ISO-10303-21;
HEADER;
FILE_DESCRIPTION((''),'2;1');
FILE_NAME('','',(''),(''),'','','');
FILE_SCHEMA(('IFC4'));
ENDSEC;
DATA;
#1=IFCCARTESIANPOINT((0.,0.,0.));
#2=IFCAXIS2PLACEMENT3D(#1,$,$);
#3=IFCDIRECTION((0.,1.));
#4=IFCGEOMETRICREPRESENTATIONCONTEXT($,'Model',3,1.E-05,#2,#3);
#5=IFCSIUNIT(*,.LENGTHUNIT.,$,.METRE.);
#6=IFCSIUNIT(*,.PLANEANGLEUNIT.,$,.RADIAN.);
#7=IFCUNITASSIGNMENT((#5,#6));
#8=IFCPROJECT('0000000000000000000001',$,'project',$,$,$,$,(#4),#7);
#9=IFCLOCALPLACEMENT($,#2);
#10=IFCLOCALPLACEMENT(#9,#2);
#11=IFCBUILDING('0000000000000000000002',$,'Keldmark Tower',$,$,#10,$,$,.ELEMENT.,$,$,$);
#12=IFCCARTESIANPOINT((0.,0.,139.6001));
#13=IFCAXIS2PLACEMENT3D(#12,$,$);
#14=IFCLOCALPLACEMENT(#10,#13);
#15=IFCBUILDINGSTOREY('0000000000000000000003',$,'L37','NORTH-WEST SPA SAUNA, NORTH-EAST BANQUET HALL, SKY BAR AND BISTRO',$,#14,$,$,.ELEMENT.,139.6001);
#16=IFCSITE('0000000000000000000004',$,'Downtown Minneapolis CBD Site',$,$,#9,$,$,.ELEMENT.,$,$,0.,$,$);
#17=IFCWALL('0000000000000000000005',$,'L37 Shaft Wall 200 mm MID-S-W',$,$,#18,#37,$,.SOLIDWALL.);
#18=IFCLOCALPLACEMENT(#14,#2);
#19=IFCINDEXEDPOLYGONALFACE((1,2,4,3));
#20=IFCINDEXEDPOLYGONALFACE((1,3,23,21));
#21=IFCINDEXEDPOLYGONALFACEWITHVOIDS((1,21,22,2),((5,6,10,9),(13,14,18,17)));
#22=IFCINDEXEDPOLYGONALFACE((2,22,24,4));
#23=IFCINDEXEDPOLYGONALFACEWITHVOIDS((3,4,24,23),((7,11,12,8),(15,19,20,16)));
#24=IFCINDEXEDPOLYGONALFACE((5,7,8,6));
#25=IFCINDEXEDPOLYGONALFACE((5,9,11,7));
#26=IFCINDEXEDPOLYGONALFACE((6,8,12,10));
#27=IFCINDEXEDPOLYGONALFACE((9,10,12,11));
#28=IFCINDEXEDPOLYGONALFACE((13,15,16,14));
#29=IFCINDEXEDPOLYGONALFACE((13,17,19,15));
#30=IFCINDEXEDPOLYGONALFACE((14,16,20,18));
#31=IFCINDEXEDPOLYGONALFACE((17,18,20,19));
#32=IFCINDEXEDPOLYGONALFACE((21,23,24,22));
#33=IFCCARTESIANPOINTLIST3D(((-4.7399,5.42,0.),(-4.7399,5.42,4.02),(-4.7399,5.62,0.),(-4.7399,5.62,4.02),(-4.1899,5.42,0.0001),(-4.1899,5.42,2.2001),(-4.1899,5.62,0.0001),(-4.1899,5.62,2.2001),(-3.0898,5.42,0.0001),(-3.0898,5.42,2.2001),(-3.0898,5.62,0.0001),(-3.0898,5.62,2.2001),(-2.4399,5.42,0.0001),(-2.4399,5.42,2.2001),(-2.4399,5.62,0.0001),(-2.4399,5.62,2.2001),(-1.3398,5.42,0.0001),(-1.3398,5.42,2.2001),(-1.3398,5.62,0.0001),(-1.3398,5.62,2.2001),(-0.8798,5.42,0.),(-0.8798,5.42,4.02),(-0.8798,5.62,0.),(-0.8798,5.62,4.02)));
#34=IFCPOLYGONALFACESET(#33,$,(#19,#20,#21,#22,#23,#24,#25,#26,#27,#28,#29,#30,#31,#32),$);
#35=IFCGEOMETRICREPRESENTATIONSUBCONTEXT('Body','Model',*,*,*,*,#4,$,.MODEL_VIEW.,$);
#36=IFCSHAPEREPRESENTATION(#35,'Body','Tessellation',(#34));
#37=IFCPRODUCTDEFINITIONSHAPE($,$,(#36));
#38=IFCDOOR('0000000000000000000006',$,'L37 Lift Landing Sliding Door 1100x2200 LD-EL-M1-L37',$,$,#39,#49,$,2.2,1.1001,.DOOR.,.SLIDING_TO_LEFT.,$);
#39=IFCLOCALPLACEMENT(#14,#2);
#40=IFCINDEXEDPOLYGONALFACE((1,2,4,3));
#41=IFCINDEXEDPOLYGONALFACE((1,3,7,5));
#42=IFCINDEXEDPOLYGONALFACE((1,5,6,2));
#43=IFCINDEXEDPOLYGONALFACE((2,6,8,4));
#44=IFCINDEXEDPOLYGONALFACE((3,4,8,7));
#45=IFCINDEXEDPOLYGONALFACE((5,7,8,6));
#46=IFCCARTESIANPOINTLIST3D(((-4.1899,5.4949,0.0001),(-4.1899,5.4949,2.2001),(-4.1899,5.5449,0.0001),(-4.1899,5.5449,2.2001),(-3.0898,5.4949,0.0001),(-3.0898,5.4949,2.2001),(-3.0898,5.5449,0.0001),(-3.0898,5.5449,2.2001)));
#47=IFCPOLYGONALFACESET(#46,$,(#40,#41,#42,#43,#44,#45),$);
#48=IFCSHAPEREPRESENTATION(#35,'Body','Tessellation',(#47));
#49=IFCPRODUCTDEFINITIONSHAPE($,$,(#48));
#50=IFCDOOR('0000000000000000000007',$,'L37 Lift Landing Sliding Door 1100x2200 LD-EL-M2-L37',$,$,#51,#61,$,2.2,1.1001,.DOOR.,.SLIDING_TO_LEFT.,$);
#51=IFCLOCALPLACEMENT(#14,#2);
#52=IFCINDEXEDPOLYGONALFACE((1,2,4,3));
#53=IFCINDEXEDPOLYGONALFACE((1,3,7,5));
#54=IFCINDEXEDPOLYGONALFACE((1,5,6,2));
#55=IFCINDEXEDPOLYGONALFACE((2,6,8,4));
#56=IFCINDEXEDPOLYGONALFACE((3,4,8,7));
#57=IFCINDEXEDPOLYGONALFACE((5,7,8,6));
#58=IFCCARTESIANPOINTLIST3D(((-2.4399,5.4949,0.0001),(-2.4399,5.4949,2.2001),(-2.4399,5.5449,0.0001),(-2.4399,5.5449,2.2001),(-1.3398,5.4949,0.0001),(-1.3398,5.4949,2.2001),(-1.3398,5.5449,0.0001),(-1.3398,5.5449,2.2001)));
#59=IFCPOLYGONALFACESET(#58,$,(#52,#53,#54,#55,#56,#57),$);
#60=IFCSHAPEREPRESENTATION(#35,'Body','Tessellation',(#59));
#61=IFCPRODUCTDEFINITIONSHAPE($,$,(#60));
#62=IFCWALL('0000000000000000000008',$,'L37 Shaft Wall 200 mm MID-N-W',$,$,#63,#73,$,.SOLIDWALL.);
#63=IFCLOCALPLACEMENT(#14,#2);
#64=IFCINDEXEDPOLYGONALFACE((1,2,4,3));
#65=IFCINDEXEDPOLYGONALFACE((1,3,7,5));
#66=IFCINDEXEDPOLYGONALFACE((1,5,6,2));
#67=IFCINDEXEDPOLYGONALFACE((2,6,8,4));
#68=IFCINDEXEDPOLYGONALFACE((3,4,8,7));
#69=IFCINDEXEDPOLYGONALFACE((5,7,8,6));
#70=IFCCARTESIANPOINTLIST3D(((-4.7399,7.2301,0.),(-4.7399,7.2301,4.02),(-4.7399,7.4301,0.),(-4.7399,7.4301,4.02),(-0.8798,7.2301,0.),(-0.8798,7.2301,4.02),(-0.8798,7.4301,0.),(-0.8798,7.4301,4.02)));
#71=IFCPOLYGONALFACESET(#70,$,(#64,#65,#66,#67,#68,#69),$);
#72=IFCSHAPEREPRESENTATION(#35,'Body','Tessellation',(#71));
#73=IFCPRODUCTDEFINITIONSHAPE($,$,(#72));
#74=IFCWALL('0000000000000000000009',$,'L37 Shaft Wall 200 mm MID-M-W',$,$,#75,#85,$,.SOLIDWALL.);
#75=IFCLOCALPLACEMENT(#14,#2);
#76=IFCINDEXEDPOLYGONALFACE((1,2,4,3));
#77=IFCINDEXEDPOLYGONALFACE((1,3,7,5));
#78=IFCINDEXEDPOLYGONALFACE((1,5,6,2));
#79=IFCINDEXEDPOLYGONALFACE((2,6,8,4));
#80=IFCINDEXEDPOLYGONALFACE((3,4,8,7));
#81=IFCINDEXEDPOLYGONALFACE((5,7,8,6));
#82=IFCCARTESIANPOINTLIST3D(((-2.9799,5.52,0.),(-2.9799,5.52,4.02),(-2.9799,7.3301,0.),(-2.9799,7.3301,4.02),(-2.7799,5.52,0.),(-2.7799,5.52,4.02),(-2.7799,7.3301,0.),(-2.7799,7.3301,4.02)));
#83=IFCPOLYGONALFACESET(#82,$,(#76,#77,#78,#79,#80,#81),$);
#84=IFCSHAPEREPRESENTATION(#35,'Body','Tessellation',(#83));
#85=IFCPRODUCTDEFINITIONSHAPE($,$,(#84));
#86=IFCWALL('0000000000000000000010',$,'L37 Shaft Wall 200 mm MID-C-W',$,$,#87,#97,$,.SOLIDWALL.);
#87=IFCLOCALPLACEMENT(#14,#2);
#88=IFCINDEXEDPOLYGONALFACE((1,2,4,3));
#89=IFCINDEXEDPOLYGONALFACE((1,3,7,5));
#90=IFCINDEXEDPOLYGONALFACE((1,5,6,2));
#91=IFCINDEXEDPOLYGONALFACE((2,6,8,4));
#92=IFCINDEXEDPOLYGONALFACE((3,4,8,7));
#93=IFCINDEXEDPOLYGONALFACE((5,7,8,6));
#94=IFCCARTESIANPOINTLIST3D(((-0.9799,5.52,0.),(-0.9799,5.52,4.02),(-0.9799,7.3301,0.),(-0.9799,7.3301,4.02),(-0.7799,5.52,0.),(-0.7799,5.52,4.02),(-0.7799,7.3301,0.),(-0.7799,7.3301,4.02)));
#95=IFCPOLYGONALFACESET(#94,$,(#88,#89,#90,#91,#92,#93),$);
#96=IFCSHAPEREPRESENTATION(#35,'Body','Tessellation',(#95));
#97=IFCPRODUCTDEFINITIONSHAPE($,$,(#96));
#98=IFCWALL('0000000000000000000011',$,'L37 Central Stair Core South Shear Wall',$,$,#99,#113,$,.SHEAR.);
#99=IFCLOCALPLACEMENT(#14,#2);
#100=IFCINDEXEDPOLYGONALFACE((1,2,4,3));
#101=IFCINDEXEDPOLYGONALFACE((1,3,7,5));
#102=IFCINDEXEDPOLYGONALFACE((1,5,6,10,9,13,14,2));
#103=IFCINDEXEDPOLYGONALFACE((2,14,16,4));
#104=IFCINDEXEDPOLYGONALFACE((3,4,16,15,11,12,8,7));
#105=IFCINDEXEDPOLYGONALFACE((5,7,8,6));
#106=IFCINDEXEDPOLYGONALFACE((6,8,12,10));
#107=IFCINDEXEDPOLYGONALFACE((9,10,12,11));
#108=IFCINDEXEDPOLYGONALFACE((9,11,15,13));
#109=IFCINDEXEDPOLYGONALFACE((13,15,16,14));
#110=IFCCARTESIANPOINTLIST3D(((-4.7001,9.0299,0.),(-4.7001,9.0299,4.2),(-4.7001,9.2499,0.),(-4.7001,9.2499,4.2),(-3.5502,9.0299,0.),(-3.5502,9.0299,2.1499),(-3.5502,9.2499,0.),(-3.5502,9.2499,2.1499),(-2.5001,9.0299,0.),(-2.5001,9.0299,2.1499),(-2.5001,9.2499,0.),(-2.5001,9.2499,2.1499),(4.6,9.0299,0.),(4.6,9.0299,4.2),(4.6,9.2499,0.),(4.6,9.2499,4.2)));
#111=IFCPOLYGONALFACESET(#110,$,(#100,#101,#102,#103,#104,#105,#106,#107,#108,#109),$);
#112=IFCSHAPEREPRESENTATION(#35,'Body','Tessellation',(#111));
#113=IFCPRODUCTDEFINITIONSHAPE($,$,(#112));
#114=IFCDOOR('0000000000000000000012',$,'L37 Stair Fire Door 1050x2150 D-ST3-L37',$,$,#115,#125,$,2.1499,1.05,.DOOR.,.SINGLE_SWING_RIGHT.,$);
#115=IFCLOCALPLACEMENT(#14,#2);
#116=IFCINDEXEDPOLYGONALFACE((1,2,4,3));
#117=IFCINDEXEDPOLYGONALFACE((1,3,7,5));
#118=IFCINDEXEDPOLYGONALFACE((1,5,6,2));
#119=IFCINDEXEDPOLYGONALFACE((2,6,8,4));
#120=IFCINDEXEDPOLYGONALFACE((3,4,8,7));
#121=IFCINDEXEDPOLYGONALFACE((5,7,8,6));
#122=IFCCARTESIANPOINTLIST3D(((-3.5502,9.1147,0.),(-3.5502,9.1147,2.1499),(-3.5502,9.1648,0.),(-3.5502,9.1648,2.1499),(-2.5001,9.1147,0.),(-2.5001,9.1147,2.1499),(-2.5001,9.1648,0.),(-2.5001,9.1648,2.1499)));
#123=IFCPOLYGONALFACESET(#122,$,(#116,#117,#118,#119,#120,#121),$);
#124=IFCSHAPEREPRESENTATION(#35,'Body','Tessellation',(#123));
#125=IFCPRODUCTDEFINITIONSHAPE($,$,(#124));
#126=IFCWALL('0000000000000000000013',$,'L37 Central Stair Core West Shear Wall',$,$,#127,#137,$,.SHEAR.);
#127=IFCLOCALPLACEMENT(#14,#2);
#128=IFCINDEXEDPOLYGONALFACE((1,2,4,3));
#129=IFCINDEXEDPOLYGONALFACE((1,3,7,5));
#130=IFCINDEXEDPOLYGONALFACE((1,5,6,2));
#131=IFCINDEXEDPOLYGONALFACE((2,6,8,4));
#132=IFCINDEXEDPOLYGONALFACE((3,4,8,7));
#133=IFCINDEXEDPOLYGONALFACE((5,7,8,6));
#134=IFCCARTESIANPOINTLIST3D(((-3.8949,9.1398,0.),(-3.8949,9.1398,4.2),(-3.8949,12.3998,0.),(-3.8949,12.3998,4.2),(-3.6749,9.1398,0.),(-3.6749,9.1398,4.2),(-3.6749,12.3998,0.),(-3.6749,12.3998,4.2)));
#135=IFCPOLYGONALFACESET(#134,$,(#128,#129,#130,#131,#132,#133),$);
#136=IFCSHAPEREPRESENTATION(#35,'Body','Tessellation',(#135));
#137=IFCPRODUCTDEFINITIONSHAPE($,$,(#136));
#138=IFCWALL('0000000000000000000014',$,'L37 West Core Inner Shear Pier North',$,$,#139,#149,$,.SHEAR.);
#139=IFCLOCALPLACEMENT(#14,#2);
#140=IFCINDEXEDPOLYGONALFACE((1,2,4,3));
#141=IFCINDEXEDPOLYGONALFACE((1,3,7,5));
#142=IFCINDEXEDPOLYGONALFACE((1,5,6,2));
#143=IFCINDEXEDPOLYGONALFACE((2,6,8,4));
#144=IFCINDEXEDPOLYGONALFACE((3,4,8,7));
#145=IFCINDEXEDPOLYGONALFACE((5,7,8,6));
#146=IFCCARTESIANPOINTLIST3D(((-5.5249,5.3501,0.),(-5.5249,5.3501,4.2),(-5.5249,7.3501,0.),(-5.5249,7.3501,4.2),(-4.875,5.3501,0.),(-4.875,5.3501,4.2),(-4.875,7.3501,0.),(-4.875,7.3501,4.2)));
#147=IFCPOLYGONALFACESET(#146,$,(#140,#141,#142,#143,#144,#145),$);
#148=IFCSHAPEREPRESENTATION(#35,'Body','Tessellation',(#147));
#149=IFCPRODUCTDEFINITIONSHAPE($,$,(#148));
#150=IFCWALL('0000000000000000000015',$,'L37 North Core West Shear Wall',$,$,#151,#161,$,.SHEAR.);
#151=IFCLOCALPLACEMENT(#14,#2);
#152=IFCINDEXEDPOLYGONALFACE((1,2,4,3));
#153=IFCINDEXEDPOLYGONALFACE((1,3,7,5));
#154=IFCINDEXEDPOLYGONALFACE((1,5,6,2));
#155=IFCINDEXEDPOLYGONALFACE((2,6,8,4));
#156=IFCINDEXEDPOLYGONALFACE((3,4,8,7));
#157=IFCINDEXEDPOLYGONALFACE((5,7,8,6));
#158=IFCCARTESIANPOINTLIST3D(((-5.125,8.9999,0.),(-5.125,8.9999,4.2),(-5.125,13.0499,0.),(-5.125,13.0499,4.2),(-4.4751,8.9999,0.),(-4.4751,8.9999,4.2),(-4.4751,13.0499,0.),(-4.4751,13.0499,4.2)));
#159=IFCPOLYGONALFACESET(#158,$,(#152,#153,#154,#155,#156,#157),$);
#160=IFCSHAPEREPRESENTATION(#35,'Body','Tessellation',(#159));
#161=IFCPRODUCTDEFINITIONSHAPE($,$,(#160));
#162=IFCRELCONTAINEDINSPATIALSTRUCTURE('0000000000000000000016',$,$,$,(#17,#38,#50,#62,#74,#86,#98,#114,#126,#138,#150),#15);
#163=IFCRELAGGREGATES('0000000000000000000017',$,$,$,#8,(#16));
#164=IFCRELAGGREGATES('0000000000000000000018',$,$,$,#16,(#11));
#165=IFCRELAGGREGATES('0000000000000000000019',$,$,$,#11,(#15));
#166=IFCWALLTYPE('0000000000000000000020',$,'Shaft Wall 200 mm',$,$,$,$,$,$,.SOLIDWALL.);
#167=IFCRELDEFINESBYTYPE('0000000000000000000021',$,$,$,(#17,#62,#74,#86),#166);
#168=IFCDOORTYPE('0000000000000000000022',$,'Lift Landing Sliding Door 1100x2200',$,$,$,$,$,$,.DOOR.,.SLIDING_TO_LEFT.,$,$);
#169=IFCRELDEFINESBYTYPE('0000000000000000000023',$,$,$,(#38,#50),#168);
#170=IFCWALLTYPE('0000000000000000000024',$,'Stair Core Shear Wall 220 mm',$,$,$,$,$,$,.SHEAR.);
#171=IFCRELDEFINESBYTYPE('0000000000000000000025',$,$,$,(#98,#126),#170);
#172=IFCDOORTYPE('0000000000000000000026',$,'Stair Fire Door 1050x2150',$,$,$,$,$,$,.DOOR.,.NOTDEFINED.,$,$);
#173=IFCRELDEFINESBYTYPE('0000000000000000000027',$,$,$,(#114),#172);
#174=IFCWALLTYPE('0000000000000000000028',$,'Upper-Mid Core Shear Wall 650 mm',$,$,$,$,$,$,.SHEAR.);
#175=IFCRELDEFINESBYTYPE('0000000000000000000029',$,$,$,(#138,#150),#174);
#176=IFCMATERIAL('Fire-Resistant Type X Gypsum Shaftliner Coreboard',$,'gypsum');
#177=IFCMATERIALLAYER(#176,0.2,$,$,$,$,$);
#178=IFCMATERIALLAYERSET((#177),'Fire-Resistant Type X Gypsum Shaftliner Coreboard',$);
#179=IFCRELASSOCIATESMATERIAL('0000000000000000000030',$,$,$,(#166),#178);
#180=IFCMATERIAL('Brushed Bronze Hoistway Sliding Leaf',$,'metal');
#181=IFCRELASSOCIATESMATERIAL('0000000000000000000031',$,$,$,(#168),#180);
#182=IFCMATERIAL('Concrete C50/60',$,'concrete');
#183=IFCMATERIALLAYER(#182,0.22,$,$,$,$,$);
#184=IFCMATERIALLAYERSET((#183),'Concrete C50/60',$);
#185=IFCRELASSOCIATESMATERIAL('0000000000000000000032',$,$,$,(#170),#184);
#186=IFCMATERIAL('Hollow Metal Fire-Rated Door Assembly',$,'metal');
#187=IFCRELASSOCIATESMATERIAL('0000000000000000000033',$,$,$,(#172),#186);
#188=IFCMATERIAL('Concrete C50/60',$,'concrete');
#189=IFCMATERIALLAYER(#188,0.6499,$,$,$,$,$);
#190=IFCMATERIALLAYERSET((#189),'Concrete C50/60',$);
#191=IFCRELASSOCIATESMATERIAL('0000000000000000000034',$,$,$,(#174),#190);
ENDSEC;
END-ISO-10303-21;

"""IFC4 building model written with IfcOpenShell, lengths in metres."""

from ifc_helpers import new_model, si_unit, direction, frame, frame_2d, origin, place, context, subcontext, project, spatial, rectangle, extrude, material, layer, layer_set, type_object, element, fill, save


model = new_model("IFC4")

# Units and contexts
model_context = context("Model", 3, precision=1e-05, world=origin(), true_north=direction((0.0, 1.0)))
body_context = subcontext(model_context, "Body", "Model", "MODEL_VIEW")
ifc_project = project(units=[si_unit("LENGTHUNIT", "METRE"), si_unit("PLANEANGLEUNIT", "RADIAN")], contexts=[model_context])

# Site, building, storey
site_placement = place(None, origin())
site = spatial("IfcSite", under=ifc_project, at=site_placement, Name="Downtown Minneapolis CBD Site", CompositionType="ELEMENT", RefElevation=0.0)
building_placement = place(site_placement, origin())
building = spatial("IfcBuilding", under=site, at=building_placement, Name="Keldmark Tower", CompositionType="ELEMENT")
storey_placement = place(building_placement, frame((0.0, 0.0, 139.6001)))
storey = spatial("IfcBuildingStorey", under=building, at=storey_placement, Name="L37", Description="NORTH-WEST SPA SAUNA, NORTH-EAST BANQUET HALL, SKY BAR AND BISTRO", CompositionType="ELEMENT", Elevation=139.6001)

# Wall, openings, doors
ifc_material_1 = material(Name="Fire-Resistant Type X Gypsum Shaftliner Coreboard", Category="gypsum")
ifc_layer_1 = layer(ifc_material_1, 0.2)
ifc_layer_set_1 = layer_set([ifc_layer_1], Name="Fire-Resistant Type X Gypsum Shaftliner Coreboard")
wall_type_1 = type_object("IfcWallType", Name="Shaft Wall 200 mm", PredefinedType="SOLIDWALL", material=ifc_layer_set_1)
wall_1_placement = place(storey_placement, frame((-4.74, 5.52, 0.0), z_axis=(0.0, 0.0, 1.0), x_axis=(1.0, 0.0, 0.0)))
wall_1 = element("IfcWall", 1, at=wall_1_placement, inside=storey, type_object=wall_type_1, Name="L37 Shaft Wall 200 mm MID-S-W", PredefinedType="SOLIDWALL", context=body_context, shape_type="SweptSolid", body=[
    extrude(rectangle(XDim=3.8601, YDim=0.2, at=frame_2d((1.9302, 0.0))), origin(), (0.0, 0.0, 1.0), 4.02),
])
opening_1_placement = place(wall_1_placement, frame((0.55, 0.0, 0.0)))
opening_1 = element("IfcOpeningElement", 2, at=opening_1_placement, cuts=wall_1, PredefinedType="OPENING", context=body_context, shape_type="SweptSolid", body=[
    extrude(rectangle(XDim=1.1001, YDim=2.2, at=frame_2d((0.55, 1.1001))), frame((0.0, 0.1099, 0.0), z_axis=(0.0, -1.0, 0.0), x_axis=(1.0, 0.0, 0.0)), (0.0, 0.0, 1.0), 0.22),
])
opening_2_placement = place(wall_1_placement, frame((2.3, 0.0, 0.0)))
opening_2 = element("IfcOpeningElement", 3, at=opening_2_placement, cuts=wall_1, PredefinedType="OPENING", context=body_context, shape_type="SweptSolid", body=[
    extrude(rectangle(XDim=1.1001, YDim=2.2, at=frame_2d((0.55, 1.1001))), frame((0.0, 0.1099, 0.0), z_axis=(0.0, -1.0, 0.0), x_axis=(1.0, 0.0, 0.0)), (0.0, 0.0, 1.0), 0.22),
])
ifc_material_2 = material(Name="Brushed Bronze Hoistway Sliding Leaf", Category="metal")
door_type_1 = type_object("IfcDoorType", Name="Lift Landing Sliding Door 1100x2200", OperationType="SLIDING_TO_LEFT", PredefinedType="DOOR", material=ifc_material_2)
door_1_placement = place(opening_1_placement, origin())
door_1 = element("IfcDoor", 4, at=door_1_placement, inside=storey, type_object=door_type_1, Name="L37 Lift Landing Sliding Door 1100x2200 LD-EL-M1-L37", OperationType="SLIDING_TO_LEFT", OverallHeight=2.2, OverallWidth=1.1001, PredefinedType="DOOR", context=body_context, shape_type="SweptSolid", body=[
    extrude(rectangle(XDim=1.1001, YDim=2.2, at=frame_2d((0.55, 1.1001))), frame((0.0, 0.0249, 0.0), z_axis=(0.0, -1.0, 0.0), x_axis=(1.0, 0.0, 0.0)), (0.0, 0.0, 1.0), 0.05),
])
fill(opening_1, door_1)
door_2_placement = place(opening_2_placement, origin())
door_2 = element("IfcDoor", 5, at=door_2_placement, inside=storey, type_object=door_type_1, Name="L37 Lift Landing Sliding Door 1100x2200 LD-EL-M2-L37", OperationType="SLIDING_TO_LEFT", OverallHeight=2.2, OverallWidth=1.1001, PredefinedType="DOOR", context=body_context, shape_type="SweptSolid", body=[
    extrude(rectangle(XDim=1.1001, YDim=2.2, at=frame_2d((0.55, 1.1001))), frame((0.0, 0.0249, 0.0), z_axis=(0.0, -1.0, 0.0), x_axis=(1.0, 0.0, 0.0)), (0.0, 0.0, 1.0), 0.05),
])
fill(opening_2, door_2)

# Walls
wall_2_placement = place(storey_placement, frame((-4.74, 7.3301, 0.0), z_axis=(0.0, 0.0, 1.0), x_axis=(1.0, 0.0, 0.0)))
element("IfcWall", 6, at=wall_2_placement, inside=storey, type_object=wall_type_1, Name="L37 Shaft Wall 200 mm MID-N-W", PredefinedType="SOLIDWALL", context=body_context, shape_type="SweptSolid", body=[
    extrude(rectangle(XDim=3.8601, YDim=0.2, at=frame_2d((1.9302, 0.0))), origin(), (0.0, 0.0, 1.0), 4.02),
])
for number, where, z_axis, x_axis, name in (
    (7, (-2.8799, 5.52, 0.0), (0.0, 0.0, 1.0), (0.0, 1.0, 0.0), "L37 Shaft Wall 200 mm MID-M-W"),
    (8, (-0.8799, 5.52, 0.0), (0.0, 0.0, 1.0), (0.0, 1.0, 0.0), "L37 Shaft Wall 200 mm MID-C-W"),
):
    element("IfcWall", number, at=place(storey_placement, frame(where, z_axis=z_axis, x_axis=x_axis)), inside=storey, type_object=wall_type_1, Name=name, PredefinedType="SOLIDWALL", context=body_context, shape_type="SweptSolid", body=[
        extrude(rectangle(XDim=1.8101, YDim=0.2, at=frame_2d((0.905, 0.0))), origin(), (0.0, 0.0, 1.0), 4.02),
    ])

# Wall, opening, door
ifc_material_3 = material(Name="Concrete C50/60", Category="concrete")
ifc_layer_2 = layer(ifc_material_3, 0.22)
ifc_layer_set_2 = layer_set([ifc_layer_2], Name="Concrete C50/60")
wall_type_2 = type_object("IfcWallType", Name="Stair Core Shear Wall 220 mm", PredefinedType="SHEAR", material=ifc_layer_set_2)
wall_3_placement = place(storey_placement, frame((-4.7, 9.1399, 0.0), z_axis=(0.0, 0.0, 1.0), x_axis=(1.0, 0.0, 0.0)))
wall_3 = element("IfcWall", 9, at=wall_3_placement, inside=storey, type_object=wall_type_2, Name="L37 Central Stair Core South Shear Wall", PredefinedType="SHEAR", context=body_context, shape_type="SweptSolid", body=[
    extrude(rectangle(XDim=9.3, YDim=0.22, at=frame_2d((4.6499, 0.0))), origin(), (0.0, 0.0, 1.0), 4.2),
])
opening_3_placement = place(wall_3_placement, frame((1.1499, 0.0, 0.0)))
opening_3 = element("IfcOpeningElement", 10, at=opening_3_placement, cuts=wall_3, PredefinedType="OPENING", context=body_context, shape_type="SweptSolid", body=[
    extrude(rectangle(XDim=1.05, YDim=2.1499, at=frame_2d((0.5249, 1.075))), frame((0.0, 0.1199, 0.0), z_axis=(0.0, -1.0, 0.0), x_axis=(1.0, 0.0, 0.0)), (0.0, 0.0, 1.0), 0.24),
])
ifc_material_4 = material(Name="Hollow Metal Fire-Rated Door Assembly", Category="metal")
door_type_2 = type_object("IfcDoorType", Name="Stair Fire Door 1050x2150", OperationType="NOTDEFINED", PredefinedType="DOOR", material=ifc_material_4)
door_3_placement = place(opening_3_placement, origin())
door_3 = element("IfcDoor", 11, at=door_3_placement, inside=storey, type_object=door_type_2, Name="L37 Stair Fire Door 1050x2150 D-ST3-L37", OperationType="SINGLE_SWING_RIGHT", OverallHeight=2.1499, OverallWidth=1.05, PredefinedType="DOOR", context=body_context, shape_type="SweptSolid", body=[
    extrude(rectangle(XDim=1.05, YDim=2.1499, at=frame_2d((0.5249, 1.075))), frame((0.0, 0.0249, 0.0), z_axis=(0.0, -1.0, 0.0), x_axis=(1.0, 0.0, 0.0)), (0.0, 0.0, 1.0), 0.05),
])
fill(opening_3, door_3)

# Wall
wall_4_placement = place(storey_placement, frame((-3.7849, 9.1399, 0.0), z_axis=(0.0, 0.0, 1.0), x_axis=(0.0, 1.0, 0.0)))
element("IfcWall", 12, at=wall_4_placement, inside=storey, type_object=wall_type_2, Name="L37 Central Stair Core West Shear Wall", PredefinedType="SHEAR", context=body_context, shape_type="SweptSolid", body=[
    extrude(rectangle(XDim=3.26, YDim=0.22, at=frame_2d((1.6299, 0.0))), origin(), (0.0, 0.0, 1.0), 4.2),
])

# Shared definitions
ifc_material_5 = material(Name="Concrete C50/60", Category="concrete")
ifc_layer_3 = layer(ifc_material_5, 0.6499)
ifc_layer_set_3 = layer_set([ifc_layer_3], Name="Concrete C50/60")
wall_type_3 = type_object("IfcWallType", Name="Upper-Mid Core Shear Wall 650 mm", PredefinedType="SHEAR", material=ifc_layer_set_3)

# Walls
wall_5_placement = place(storey_placement, frame((-5.2, 5.3501, 0.0), z_axis=(0.0, 0.0, 1.0), x_axis=(0.0, 1.0, 0.0)))
element("IfcWall", 13, at=wall_5_placement, inside=storey, type_object=wall_type_3, Name="L37 West Core Inner Shear Pier North", PredefinedType="SHEAR", context=body_context, shape_type="SweptSolid", body=[
    extrude(rectangle(XDim=2.0, YDim=0.6499, at=frame_2d((1.0, 0.0))), origin(), (0.0, 0.0, 1.0), 4.2),
])
wall_6_placement = place(storey_placement, frame((-4.8, 9.0, 0.0), z_axis=(0.0, 0.0, 1.0), x_axis=(0.0, 1.0, 0.0)))
element("IfcWall", 14, at=wall_6_placement, inside=storey, type_object=wall_type_3, Name="L37 North Core West Shear Wall", PredefinedType="SHEAR", context=body_context, shape_type="SweptSolid", body=[
    extrude(rectangle(XDim=4.05, YDim=0.6499, at=frame_2d((2.0249, 0.0))), origin(), (0.0, 0.0, 1.0), 4.2),
])

save(model, "model.ifc")
